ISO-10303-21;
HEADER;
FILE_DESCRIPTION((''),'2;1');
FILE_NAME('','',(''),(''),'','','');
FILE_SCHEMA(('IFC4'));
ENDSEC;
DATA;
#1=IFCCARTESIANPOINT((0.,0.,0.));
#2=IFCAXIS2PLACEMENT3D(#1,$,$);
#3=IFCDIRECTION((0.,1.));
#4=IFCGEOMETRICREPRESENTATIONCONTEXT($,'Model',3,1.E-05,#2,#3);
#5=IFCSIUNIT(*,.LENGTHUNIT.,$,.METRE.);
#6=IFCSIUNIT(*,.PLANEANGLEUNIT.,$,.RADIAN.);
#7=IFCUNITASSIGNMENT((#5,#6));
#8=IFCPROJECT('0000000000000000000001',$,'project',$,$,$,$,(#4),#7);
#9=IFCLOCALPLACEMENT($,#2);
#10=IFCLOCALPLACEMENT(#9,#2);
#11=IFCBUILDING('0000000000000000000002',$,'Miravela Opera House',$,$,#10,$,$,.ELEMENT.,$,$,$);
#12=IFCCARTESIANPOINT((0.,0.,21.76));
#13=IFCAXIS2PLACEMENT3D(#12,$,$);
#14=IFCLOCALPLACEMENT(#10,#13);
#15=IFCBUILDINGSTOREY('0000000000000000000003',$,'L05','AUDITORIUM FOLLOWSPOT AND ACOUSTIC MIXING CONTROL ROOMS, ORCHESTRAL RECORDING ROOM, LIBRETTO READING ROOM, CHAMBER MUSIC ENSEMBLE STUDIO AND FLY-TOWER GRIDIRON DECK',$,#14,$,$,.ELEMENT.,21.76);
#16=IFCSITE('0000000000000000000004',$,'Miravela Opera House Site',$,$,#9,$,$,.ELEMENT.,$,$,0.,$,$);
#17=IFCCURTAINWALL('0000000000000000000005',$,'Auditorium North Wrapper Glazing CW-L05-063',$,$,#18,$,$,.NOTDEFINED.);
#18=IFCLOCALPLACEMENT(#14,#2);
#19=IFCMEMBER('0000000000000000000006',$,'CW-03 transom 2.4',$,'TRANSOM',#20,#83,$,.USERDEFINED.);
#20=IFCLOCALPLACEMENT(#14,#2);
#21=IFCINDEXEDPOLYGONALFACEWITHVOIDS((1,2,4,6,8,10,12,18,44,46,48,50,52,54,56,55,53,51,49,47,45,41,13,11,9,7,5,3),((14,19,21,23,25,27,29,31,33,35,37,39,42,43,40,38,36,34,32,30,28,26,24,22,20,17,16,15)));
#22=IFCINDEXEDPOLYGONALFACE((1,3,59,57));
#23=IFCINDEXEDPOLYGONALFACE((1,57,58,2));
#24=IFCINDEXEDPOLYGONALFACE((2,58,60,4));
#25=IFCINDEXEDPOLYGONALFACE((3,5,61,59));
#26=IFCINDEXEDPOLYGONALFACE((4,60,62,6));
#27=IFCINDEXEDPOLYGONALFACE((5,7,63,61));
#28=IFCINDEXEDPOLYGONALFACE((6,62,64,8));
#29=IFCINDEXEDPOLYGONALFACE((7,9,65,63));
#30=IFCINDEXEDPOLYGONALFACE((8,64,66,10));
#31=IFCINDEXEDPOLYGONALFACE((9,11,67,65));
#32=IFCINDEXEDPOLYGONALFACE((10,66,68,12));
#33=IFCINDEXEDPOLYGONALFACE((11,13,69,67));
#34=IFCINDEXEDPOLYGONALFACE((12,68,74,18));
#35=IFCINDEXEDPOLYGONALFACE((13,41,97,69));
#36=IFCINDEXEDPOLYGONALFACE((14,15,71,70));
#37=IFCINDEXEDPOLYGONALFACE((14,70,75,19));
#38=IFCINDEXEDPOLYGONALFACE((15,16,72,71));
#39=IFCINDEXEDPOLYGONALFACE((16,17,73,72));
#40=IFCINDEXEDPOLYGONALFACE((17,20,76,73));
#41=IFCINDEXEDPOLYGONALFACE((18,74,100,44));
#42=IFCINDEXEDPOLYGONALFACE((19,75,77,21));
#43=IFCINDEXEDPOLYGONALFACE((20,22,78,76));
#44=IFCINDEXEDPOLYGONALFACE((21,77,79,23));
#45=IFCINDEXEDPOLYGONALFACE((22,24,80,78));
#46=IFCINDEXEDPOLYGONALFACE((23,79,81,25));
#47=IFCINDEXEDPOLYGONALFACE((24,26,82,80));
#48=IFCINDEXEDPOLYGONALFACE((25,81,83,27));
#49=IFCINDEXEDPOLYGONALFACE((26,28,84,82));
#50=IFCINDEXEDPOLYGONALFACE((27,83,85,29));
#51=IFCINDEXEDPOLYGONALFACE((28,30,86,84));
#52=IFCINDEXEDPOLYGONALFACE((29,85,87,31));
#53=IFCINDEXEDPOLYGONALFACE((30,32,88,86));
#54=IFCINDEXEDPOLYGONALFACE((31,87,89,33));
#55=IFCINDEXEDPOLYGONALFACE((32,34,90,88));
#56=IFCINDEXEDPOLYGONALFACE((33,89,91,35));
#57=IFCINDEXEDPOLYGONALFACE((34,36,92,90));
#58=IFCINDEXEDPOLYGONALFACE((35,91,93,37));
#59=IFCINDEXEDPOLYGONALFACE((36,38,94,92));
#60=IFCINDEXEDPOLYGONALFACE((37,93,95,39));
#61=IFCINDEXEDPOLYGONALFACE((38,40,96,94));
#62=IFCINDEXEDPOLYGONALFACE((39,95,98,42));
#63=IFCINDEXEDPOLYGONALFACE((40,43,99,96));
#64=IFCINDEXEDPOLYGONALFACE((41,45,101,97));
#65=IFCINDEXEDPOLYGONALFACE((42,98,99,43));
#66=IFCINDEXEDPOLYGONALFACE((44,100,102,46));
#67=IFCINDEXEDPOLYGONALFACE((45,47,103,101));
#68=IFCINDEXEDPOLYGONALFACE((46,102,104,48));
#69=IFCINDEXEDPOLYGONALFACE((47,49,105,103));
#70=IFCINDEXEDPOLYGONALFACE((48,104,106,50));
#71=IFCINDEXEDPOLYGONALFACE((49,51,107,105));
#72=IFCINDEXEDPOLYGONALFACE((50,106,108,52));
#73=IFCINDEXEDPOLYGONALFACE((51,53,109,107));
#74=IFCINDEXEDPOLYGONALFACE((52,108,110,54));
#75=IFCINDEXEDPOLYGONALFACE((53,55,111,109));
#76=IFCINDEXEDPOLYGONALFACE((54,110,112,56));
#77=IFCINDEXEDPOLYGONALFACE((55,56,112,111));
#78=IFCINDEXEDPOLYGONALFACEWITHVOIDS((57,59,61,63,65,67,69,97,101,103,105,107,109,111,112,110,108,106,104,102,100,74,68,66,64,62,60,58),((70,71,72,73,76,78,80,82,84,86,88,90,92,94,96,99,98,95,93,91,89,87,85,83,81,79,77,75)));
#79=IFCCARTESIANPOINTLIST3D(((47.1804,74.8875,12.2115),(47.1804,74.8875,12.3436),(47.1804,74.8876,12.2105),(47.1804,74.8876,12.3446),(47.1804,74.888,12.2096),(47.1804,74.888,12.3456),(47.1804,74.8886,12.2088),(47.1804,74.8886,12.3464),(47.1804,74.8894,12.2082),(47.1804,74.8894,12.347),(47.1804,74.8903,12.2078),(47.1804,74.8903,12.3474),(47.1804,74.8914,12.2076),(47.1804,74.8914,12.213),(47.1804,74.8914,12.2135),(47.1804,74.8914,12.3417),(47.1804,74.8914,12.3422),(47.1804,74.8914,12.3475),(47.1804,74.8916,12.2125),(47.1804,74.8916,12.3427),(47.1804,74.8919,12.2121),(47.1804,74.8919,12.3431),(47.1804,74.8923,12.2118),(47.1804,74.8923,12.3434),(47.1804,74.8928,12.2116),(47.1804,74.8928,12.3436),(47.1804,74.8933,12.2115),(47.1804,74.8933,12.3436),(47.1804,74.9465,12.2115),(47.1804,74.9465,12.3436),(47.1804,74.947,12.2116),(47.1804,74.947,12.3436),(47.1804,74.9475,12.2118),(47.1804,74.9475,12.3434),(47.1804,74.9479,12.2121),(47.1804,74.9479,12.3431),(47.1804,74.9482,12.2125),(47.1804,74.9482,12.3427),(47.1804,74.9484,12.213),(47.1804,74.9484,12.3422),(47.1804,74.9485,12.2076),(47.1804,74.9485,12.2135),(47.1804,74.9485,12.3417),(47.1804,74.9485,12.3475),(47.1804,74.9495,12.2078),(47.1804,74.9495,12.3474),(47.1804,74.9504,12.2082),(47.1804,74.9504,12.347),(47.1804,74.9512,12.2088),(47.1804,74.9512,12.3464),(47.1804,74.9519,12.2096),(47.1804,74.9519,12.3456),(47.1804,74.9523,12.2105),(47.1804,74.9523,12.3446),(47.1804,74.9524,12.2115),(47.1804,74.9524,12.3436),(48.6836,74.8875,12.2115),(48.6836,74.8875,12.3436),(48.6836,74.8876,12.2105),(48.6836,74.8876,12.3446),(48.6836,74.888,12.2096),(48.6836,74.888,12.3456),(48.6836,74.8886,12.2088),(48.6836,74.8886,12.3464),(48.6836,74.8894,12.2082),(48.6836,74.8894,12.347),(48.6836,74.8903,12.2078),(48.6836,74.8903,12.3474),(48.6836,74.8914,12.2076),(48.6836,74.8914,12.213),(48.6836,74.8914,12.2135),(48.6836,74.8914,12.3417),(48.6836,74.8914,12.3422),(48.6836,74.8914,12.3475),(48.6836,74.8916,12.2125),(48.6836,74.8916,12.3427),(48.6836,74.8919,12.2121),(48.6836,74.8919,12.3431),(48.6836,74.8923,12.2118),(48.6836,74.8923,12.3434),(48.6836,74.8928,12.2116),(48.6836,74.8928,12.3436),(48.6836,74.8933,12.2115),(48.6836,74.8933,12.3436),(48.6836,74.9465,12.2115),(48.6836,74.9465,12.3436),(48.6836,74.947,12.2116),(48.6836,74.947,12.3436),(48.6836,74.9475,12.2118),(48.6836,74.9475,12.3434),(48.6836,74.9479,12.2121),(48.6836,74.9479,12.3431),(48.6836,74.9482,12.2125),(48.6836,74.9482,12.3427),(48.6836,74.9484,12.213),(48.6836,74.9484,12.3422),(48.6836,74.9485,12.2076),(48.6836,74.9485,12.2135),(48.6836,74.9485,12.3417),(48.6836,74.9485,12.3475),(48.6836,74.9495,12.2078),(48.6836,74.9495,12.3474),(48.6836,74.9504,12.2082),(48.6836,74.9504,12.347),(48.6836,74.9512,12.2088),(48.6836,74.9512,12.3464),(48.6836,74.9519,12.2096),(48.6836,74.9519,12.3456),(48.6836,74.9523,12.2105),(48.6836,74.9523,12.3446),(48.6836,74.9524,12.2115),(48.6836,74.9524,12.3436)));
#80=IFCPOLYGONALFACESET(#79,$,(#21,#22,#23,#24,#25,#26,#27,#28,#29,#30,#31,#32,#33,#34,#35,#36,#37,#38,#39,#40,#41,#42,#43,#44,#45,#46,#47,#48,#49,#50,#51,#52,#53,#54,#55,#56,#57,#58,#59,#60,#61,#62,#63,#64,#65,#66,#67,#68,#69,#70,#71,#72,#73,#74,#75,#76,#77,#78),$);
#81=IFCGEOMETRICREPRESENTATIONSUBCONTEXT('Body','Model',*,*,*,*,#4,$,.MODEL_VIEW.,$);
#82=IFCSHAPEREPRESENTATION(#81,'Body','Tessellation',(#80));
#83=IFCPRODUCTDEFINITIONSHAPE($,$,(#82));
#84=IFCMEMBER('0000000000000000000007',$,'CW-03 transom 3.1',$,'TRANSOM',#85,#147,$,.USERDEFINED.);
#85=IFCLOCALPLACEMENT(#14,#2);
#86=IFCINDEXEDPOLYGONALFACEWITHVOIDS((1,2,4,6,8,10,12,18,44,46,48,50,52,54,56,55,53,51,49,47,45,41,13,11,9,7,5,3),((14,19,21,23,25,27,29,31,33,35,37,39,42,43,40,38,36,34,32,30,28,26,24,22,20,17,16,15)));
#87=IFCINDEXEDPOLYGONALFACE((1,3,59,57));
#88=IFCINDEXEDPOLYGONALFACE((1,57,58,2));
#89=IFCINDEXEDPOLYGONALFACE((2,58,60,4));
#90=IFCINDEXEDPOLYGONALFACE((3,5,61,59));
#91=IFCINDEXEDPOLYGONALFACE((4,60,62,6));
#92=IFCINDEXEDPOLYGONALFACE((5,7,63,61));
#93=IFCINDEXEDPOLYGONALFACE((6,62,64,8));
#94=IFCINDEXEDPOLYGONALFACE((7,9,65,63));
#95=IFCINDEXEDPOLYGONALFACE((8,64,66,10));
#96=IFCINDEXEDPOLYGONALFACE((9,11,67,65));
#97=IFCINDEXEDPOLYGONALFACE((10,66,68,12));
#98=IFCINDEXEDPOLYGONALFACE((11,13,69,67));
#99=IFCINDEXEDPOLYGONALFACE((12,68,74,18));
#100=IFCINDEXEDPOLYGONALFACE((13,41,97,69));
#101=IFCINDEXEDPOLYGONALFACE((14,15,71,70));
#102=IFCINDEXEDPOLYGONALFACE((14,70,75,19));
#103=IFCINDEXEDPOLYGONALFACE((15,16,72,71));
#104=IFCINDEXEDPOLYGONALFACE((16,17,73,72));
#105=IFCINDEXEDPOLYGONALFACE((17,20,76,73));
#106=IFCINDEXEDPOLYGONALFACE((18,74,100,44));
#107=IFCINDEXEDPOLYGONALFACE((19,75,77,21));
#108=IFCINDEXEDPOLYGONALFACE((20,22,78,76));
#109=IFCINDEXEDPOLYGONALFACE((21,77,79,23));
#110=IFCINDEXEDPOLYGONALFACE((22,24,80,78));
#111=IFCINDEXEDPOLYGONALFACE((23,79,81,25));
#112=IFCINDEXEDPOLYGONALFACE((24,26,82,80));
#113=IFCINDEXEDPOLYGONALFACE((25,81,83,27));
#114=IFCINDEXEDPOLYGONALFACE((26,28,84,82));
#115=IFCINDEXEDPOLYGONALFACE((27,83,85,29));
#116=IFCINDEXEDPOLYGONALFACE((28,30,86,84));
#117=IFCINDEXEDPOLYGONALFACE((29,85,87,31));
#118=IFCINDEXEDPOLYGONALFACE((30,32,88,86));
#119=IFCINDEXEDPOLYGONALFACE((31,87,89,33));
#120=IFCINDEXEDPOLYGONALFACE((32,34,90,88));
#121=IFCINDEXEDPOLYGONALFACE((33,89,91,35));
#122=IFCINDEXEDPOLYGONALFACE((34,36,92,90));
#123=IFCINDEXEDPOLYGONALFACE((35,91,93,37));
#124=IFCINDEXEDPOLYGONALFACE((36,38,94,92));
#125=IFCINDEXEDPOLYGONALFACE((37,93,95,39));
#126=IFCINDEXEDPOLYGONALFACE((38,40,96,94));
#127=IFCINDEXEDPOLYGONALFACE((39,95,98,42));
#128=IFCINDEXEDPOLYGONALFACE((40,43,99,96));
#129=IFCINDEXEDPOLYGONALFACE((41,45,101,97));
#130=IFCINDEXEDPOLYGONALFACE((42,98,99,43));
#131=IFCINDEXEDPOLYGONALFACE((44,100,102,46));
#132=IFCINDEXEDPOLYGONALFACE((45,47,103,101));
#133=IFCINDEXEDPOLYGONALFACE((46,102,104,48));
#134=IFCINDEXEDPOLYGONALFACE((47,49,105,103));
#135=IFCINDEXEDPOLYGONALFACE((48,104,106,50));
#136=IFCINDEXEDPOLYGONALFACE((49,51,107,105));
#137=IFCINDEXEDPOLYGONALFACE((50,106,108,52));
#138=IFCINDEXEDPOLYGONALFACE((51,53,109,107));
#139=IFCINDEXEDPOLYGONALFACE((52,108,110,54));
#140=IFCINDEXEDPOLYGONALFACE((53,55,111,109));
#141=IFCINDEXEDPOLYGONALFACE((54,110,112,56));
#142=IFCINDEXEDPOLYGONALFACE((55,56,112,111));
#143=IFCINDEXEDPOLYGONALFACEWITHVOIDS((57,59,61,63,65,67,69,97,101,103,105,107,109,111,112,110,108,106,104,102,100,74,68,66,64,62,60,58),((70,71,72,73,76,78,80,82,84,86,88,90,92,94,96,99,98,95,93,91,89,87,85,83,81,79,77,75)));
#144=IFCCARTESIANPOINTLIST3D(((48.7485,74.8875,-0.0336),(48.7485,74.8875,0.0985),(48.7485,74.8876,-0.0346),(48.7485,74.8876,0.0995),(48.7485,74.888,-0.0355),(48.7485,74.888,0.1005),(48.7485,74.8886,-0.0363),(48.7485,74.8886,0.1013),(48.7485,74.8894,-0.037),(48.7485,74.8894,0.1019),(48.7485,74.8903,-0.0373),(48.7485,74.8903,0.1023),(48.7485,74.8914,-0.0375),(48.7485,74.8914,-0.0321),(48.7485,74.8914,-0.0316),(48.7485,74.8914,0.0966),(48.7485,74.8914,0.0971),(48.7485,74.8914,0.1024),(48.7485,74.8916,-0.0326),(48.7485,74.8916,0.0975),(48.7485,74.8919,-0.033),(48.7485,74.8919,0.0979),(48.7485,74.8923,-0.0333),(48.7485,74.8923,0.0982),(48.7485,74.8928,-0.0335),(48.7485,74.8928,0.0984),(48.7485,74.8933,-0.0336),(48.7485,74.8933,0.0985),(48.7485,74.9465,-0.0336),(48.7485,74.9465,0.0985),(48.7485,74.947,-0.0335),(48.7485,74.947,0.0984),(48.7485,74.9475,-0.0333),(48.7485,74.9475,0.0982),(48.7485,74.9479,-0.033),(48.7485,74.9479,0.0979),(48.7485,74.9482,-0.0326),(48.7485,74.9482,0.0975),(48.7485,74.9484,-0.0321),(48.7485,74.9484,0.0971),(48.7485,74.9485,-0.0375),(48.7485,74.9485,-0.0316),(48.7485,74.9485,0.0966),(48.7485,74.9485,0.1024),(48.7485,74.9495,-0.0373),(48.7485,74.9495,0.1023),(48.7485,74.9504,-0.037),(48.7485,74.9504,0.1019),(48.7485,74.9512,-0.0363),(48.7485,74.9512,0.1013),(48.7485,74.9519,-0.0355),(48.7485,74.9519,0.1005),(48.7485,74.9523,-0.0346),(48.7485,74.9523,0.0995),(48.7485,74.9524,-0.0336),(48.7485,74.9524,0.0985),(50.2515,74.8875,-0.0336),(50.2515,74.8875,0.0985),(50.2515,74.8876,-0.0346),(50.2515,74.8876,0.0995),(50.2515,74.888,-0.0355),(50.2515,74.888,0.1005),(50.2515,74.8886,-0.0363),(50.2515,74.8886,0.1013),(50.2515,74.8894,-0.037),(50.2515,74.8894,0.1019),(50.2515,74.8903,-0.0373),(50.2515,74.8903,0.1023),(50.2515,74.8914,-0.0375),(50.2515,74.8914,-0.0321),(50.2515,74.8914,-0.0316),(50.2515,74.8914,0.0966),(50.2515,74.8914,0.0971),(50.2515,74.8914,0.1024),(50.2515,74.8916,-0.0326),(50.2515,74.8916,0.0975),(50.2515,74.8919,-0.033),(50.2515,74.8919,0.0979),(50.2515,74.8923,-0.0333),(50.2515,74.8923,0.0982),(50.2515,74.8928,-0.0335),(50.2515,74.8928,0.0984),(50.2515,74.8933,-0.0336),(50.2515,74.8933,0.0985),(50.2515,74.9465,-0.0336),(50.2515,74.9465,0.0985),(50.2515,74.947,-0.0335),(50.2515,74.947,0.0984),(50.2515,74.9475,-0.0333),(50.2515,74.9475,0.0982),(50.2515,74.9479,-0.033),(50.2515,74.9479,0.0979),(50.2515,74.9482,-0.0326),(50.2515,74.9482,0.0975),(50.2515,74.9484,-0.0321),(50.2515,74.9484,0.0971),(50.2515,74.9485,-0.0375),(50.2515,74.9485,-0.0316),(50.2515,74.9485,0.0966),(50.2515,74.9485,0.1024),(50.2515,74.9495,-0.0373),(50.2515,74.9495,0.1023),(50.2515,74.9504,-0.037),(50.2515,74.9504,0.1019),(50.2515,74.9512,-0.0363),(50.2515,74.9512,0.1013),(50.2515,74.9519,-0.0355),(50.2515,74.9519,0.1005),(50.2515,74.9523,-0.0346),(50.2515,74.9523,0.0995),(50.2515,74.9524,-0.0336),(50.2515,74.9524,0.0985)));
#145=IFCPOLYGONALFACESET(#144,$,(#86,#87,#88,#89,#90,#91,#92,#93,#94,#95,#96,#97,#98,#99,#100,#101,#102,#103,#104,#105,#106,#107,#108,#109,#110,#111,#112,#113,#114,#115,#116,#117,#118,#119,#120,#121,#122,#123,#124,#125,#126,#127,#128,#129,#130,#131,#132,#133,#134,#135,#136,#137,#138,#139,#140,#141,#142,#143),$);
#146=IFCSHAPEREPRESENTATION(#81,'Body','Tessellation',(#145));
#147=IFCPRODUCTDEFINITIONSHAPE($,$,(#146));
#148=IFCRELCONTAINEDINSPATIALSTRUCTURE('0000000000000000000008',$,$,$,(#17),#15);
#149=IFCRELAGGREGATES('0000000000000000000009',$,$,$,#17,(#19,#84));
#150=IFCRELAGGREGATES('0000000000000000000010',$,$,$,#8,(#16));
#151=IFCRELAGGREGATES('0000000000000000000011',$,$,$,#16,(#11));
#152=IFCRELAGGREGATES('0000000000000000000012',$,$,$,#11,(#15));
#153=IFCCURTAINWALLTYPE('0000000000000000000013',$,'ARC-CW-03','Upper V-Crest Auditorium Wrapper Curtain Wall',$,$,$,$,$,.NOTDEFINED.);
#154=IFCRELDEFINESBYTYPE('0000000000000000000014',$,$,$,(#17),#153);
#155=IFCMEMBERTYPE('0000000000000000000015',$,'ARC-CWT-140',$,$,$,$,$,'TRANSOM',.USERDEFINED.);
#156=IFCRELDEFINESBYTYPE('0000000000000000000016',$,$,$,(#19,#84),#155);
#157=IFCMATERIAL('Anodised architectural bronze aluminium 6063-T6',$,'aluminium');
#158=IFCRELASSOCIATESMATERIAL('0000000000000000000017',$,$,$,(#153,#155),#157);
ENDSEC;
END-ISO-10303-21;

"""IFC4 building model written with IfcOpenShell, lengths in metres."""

from ifc_helpers import new_model, si_unit, direction, frame, origin, origin_2d, place, context, subcontext, project, spatial, hollow_rectangle, extrude, material, material_profile, profile_set, type_object, element, aggregate, save


model = new_model("IFC4")

# Units and contexts
model_context = context("Model", 3, precision=1e-05, world=origin(), true_north=direction((0.0, 1.0)))
body_context = subcontext(model_context, "Body", "Model", "MODEL_VIEW")
ifc_project = project(units=[si_unit("LENGTHUNIT", "METRE"), si_unit("PLANEANGLEUNIT", "RADIAN")], contexts=[model_context])

# Site, building, storey
site_placement = place(None, origin())
site = spatial("IfcSite", under=ifc_project, at=site_placement, Name="Miravela Opera House Site", CompositionType="ELEMENT", RefElevation=0.0)
building_placement = place(site_placement, origin())
building = spatial("IfcBuilding", under=site, at=building_placement, Name="Miravela Opera House", CompositionType="ELEMENT")
storey_placement = place(building_placement, frame((0.0, 0.0, 21.76)))
storey = spatial("IfcBuildingStorey", under=building, at=storey_placement, Name="L05", Description="AUDITORIUM FOLLOWSPOT AND ACOUSTIC MIXING CONTROL ROOMS, ORCHESTRAL RECORDING ROOM, LIBRETTO READING ROOM, CHAMBER MUSIC ENSEMBLE STUDIO AND FLY-TOWER GRIDIRON DECK", CompositionType="ELEMENT", Elevation=21.76)

# Curtain wall, members
ifc_material_1 = material(Name="Anodised architectural bronze aluminium 6063-T6", Category="aluminium")
curtain_wall_type = type_object("IfcCurtainWallType", Name="ARC-CW-03", Description="Upper V-Crest Auditorium Wrapper Curtain Wall", PredefinedType="NOTDEFINED", material=ifc_material_1)
curtain_wall_placement = place(storey_placement, origin())
curtain_wall = element("IfcCurtainWall", 1, at=curtain_wall_placement, inside=storey, type_object=curtain_wall_type, Name="Auditorium North Wrapper Glazing CW-L05-063", PredefinedType="NOTDEFINED")
ifc_material_profile_1 = material_profile(ifc_material_1, hollow_rectangle(XDim=0.0649, YDim=0.1399, WallThickness=0.0039, InnerFilletRadius=0.002, OuterFilletRadius=0.0039, at=origin_2d()), Name="CWT-65X140")
ifc_profile_set_1 = profile_set([ifc_material_profile_1])
member_type_1 = type_object("IfcMemberType", Name="ARC-CWT-140", ElementType="TRANSOM", PredefinedType="USERDEFINED", material=ifc_profile_set_1)
member_1_placement = place(storey_placement, frame((47.1804, 74.9199, 12.2776), z_axis=(1.0, 0.0, 0.0), x_axis=(0.0, 1.0, 0.0)))
member_1 = element("IfcMember", 2, at=member_1_placement, type_object=member_type_1, Name="CW-03 transom 2.4", ObjectType="TRANSOM", PredefinedType="USERDEFINED", context=body_context, shape_type="SweptSolid", body=[
    extrude(hollow_rectangle(XDim=0.0649, YDim=0.1399, WallThickness=0.0039, InnerFilletRadius=0.002, OuterFilletRadius=0.0039, at=origin_2d()), origin(), (0.0, 0.0, 1.0), 1.5032),
])
member_2_placement = place(storey_placement, frame((48.7485, 74.9199, 0.0325), z_axis=(1.0, 0.0, 0.0), x_axis=(0.0, 1.0, 0.0)))
member_2 = element("IfcMember", 3, at=member_2_placement, type_object=member_type_1, Name="CW-03 transom 3.1", ObjectType="TRANSOM", PredefinedType="USERDEFINED", context=body_context, shape_type="SweptSolid", body=[
    extrude(hollow_rectangle(XDim=0.0649, YDim=0.1399, WallThickness=0.0039, InnerFilletRadius=0.002, OuterFilletRadius=0.0039, at=origin_2d()), origin(), (0.0, 0.0, 1.0), 1.5029),
])

aggregate(curtain_wall, [member_1, member_2])

save(model, "model.ifc")
